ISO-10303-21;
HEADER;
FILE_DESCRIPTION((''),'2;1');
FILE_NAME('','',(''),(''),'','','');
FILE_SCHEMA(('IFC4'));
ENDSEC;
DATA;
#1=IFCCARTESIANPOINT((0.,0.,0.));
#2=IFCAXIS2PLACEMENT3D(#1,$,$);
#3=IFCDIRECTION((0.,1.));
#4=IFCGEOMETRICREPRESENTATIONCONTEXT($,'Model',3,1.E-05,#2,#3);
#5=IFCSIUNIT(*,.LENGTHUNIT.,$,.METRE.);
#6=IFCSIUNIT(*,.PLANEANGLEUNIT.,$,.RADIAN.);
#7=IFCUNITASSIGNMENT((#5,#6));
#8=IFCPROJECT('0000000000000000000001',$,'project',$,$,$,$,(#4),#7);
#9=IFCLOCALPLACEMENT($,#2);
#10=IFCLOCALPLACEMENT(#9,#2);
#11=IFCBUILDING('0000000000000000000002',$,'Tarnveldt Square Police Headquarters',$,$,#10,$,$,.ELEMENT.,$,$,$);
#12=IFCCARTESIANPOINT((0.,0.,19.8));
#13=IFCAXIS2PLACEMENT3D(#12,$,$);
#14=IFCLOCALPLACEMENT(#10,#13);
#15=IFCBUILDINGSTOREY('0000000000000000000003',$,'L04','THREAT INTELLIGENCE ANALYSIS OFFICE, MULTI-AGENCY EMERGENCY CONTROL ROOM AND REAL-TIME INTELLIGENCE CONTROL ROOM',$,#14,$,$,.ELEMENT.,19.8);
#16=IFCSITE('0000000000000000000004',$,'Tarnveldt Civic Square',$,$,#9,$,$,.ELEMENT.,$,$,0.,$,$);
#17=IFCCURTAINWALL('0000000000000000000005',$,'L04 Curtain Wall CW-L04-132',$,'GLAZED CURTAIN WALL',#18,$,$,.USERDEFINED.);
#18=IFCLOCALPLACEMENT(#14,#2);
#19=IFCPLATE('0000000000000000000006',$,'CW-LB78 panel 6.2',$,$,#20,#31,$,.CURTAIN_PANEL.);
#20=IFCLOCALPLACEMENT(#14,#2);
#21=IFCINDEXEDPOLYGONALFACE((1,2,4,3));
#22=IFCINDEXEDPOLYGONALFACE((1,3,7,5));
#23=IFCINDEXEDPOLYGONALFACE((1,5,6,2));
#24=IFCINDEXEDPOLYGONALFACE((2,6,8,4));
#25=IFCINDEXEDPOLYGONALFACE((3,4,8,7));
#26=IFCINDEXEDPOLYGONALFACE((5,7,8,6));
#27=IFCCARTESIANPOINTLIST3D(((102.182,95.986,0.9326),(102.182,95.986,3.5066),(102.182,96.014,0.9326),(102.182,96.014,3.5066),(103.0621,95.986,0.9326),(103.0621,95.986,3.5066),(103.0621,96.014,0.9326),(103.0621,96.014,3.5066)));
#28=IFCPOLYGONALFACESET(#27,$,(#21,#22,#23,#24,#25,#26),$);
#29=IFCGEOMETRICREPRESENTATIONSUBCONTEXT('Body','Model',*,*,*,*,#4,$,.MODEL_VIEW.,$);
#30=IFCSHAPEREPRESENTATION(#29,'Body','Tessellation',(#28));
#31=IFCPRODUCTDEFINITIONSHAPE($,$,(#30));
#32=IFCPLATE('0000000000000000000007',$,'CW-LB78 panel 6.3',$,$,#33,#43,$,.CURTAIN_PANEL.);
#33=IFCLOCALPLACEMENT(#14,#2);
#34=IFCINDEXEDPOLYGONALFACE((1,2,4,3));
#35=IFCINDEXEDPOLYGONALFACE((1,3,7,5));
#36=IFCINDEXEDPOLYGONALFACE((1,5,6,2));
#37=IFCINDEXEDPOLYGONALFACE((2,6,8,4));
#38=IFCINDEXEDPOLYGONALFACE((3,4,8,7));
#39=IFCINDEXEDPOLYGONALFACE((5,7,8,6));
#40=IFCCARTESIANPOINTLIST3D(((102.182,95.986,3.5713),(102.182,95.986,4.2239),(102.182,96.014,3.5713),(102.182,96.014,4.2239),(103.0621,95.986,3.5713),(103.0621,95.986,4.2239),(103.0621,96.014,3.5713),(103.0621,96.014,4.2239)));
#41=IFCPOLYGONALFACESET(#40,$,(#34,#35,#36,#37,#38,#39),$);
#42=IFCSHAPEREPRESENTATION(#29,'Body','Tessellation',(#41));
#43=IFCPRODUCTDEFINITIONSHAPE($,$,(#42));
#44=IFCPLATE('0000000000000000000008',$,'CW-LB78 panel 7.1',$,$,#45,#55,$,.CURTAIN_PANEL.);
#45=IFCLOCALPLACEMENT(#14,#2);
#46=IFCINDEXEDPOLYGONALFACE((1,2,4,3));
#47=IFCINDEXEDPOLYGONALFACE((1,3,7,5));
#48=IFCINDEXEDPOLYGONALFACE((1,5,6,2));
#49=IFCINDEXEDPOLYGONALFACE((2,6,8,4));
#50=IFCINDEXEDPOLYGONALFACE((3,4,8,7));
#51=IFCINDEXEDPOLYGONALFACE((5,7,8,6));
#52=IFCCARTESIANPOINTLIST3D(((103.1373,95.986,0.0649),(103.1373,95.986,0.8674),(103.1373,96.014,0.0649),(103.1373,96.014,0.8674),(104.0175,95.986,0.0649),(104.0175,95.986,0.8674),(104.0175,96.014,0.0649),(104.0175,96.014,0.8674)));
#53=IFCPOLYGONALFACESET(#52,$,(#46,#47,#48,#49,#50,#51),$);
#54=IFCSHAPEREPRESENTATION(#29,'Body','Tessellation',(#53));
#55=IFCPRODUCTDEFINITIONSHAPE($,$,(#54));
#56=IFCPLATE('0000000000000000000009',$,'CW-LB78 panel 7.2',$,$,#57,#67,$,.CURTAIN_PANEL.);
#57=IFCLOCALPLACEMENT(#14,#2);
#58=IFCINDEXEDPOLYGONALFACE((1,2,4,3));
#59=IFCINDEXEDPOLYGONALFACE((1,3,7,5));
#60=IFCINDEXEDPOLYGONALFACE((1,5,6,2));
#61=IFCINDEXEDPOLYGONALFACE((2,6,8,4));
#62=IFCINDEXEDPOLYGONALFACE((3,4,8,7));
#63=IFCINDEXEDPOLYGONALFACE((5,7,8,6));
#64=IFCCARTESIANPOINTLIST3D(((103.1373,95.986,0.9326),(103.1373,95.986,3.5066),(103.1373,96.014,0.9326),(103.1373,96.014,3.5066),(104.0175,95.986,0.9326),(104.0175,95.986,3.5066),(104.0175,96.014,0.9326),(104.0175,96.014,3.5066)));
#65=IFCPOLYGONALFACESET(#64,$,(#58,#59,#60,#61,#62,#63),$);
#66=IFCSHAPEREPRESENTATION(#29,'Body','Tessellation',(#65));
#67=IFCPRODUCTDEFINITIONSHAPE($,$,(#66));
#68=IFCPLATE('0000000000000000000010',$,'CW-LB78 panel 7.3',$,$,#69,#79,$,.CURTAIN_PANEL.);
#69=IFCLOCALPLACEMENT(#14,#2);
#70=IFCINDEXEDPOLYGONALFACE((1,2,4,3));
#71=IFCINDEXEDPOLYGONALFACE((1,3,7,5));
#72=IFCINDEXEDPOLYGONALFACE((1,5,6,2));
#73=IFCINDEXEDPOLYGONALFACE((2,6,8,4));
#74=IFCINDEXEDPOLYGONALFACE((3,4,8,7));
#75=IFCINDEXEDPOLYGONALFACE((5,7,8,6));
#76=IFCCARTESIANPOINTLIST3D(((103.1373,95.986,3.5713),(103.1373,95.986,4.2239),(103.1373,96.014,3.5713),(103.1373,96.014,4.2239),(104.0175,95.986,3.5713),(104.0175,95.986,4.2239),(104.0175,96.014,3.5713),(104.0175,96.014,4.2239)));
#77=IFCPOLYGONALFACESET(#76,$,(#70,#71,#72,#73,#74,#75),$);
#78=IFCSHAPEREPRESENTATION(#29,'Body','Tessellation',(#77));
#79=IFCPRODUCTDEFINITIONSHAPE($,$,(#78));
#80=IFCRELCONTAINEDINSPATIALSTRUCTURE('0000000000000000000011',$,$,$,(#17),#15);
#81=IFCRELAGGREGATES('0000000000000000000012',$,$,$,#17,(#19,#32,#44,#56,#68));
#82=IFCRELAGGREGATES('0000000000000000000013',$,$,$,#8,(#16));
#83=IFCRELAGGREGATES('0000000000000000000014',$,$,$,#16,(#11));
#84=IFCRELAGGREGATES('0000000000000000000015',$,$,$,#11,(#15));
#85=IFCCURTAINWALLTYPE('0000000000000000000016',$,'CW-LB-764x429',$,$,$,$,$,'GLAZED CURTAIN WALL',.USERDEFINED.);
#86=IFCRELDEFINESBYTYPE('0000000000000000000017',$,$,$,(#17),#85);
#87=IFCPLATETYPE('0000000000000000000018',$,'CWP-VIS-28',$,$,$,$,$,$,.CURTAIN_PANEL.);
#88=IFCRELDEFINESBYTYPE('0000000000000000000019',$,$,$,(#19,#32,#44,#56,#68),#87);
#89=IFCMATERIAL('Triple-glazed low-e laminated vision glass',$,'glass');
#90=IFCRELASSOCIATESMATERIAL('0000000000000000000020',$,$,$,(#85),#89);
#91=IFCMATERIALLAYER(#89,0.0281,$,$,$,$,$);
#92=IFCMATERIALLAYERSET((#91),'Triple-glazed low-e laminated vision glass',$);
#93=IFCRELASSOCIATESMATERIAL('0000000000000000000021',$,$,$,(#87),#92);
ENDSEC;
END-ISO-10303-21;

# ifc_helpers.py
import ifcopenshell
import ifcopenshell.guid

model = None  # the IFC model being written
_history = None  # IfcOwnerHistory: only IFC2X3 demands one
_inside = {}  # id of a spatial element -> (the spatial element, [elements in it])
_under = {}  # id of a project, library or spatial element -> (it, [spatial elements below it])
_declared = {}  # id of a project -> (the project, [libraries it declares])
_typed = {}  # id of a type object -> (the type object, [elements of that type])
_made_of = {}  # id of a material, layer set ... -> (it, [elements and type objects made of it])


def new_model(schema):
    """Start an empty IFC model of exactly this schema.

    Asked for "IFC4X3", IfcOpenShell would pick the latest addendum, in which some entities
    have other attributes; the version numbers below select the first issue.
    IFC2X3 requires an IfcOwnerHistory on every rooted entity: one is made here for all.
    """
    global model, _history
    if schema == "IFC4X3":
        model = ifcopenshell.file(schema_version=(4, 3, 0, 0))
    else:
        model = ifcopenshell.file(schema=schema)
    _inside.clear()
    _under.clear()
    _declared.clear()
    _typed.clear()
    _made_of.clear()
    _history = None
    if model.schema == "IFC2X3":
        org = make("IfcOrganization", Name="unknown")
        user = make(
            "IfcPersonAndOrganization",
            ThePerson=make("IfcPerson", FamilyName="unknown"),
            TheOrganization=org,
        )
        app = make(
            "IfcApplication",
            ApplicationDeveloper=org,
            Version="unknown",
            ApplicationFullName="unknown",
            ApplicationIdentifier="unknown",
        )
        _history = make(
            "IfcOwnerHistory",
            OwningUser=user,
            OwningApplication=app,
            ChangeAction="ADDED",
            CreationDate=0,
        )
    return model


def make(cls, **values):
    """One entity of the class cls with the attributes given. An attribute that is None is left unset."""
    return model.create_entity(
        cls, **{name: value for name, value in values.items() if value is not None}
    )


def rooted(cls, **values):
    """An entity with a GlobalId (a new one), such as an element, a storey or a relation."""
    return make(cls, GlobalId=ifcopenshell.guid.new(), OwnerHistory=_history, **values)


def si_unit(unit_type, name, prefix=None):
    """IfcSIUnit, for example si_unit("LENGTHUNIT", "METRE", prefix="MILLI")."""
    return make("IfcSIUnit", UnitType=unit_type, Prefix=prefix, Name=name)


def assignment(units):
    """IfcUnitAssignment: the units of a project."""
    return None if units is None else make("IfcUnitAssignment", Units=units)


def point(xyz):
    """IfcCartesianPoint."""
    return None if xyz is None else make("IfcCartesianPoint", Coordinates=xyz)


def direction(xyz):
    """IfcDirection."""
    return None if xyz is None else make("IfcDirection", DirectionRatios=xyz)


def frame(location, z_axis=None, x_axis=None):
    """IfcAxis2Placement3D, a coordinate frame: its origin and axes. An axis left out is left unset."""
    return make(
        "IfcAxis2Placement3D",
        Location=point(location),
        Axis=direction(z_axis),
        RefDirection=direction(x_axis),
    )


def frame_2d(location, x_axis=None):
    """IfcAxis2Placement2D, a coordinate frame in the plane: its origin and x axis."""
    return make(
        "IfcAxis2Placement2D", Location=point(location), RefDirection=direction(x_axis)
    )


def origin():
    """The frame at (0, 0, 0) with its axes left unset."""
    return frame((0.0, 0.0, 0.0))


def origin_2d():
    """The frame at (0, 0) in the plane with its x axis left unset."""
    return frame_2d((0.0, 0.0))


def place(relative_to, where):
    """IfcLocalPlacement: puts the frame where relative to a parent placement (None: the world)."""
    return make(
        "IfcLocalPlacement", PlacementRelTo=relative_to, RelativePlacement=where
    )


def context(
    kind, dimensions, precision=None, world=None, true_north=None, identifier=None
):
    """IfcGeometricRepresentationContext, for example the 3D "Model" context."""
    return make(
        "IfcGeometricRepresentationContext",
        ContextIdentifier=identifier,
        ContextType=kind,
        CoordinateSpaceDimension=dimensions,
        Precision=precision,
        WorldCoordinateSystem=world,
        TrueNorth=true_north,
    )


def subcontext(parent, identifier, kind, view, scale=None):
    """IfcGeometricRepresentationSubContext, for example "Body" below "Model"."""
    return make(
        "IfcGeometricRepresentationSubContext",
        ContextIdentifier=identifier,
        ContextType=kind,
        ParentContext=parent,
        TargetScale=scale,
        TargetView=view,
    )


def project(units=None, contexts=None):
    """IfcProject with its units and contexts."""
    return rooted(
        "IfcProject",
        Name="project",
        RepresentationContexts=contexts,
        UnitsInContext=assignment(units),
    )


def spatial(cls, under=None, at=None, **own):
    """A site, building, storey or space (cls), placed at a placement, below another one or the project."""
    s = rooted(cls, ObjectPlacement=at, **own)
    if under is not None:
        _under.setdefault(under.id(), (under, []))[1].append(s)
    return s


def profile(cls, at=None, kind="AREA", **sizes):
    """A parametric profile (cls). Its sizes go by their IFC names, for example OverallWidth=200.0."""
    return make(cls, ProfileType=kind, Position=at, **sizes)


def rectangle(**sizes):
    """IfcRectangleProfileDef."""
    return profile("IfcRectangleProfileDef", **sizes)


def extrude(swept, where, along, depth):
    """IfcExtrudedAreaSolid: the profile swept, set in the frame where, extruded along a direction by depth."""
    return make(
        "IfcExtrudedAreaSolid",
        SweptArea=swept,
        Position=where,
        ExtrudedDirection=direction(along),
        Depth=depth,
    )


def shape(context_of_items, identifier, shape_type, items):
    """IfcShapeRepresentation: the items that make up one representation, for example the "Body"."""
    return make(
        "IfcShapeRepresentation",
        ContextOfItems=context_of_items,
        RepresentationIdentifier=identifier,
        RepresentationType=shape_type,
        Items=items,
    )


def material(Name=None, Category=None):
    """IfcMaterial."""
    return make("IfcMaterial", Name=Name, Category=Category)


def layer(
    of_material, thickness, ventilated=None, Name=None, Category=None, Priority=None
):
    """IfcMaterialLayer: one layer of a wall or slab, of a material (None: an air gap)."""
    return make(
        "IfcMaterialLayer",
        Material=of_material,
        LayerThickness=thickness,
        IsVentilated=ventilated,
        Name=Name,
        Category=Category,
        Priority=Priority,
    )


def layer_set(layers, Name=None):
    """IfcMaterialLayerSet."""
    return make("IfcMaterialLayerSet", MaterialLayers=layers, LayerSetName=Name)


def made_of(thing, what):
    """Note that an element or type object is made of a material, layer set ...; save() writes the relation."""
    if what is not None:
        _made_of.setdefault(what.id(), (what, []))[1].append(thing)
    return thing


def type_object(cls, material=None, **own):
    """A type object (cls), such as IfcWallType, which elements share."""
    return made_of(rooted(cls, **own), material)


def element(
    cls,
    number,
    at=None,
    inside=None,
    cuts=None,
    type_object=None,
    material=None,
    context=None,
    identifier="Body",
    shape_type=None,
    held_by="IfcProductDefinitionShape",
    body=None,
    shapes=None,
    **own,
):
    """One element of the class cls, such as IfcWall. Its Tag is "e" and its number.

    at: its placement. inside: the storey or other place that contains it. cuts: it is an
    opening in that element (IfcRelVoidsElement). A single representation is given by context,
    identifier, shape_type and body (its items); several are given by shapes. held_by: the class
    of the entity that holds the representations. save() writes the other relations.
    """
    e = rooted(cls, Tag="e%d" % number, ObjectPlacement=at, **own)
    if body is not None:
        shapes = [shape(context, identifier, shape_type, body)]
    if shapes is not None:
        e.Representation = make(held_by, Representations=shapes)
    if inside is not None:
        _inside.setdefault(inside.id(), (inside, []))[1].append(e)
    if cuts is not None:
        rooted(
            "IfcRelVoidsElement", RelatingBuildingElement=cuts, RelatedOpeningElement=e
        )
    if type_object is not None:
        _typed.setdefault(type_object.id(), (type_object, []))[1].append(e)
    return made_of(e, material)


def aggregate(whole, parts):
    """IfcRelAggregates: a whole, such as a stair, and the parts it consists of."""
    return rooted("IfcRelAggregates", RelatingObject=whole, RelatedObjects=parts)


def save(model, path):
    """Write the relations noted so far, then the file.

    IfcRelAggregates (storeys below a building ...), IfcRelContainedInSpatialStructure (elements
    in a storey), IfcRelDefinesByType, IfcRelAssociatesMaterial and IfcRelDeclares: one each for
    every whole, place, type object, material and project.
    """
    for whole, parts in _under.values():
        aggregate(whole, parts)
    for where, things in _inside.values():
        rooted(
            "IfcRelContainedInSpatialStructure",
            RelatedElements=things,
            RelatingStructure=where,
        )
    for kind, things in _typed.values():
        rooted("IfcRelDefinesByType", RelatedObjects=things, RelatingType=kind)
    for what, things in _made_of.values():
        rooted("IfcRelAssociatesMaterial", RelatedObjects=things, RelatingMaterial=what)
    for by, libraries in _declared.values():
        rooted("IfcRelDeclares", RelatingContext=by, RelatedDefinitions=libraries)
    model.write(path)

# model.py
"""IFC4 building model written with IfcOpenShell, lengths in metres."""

from ifc_helpers import new_model, si_unit, direction, frame, origin, origin_2d, place, context, subcontext, project, spatial, rectangle, extrude, material, layer, layer_set, type_object, element, aggregate, save


model = new_model("IFC4")

# Units and contexts
model_context = context("Model", 3, precision=1e-05, world=origin(), true_north=direction((0.0, 1.0)))
body_context = subcontext(model_context, "Body", "Model", "MODEL_VIEW")
ifc_project = project(units=[si_unit("LENGTHUNIT", "METRE"), si_unit("PLANEANGLEUNIT", "RADIAN")], contexts=[model_context])

# Site, building, storey
site_placement = place(None, origin())
site = spatial("IfcSite", under=ifc_project, at=site_placement, Name="Tarnveldt Civic Square", CompositionType="ELEMENT", RefElevation=0.0)
building_placement = place(site_placement, origin())
building = spatial("IfcBuilding", under=site, at=building_placement, Name="Tarnveldt Square Police Headquarters", CompositionType="ELEMENT")
storey_placement = place(building_placement, frame((0.0, 0.0, 19.8)))
storey = spatial("IfcBuildingStorey", under=building, at=storey_placement, Name="L04", Description="THREAT INTELLIGENCE ANALYSIS OFFICE, MULTI-AGENCY EMERGENCY CONTROL ROOM AND REAL-TIME INTELLIGENCE CONTROL ROOM", CompositionType="ELEMENT", Elevation=19.8)

# Curtain wall, plates
ifc_material_1 = material(Name="Triple-glazed low-e laminated vision glass", Category="glass")
curtain_wall_type = type_object("IfcCurtainWallType", Name="CW-LB-764x429", ElementType="GLAZED CURTAIN WALL", PredefinedType="USERDEFINED", material=ifc_material_1)
curtain_wall_placement = place(storey_placement, origin())
curtain_wall = element("IfcCurtainWall", 1, at=curtain_wall_placement, inside=storey, type_object=curtain_wall_type, Name="L04 Curtain Wall CW-L04-132", ObjectType="GLAZED CURTAIN WALL", PredefinedType="USERDEFINED")
ifc_layer = layer(ifc_material_1, 0.0281)
ifc_layer_set = layer_set([ifc_layer], Name="Triple-glazed low-e laminated vision glass")
plate_type = type_object("IfcPlateType", Name="CWP-VIS-28", PredefinedType="CURTAIN_PANEL", material=ifc_layer_set)
plate_1_placement = place(storey_placement, frame((102.6221, 96.0, 0.9326), z_axis=(0.0, 0.0, 1.0), x_axis=(1.0, 0.0, 0.0)))
plate_1 = element("IfcPlate", 2, at=plate_1_placement, type_object=plate_type, Name="CW-LB78 panel 6.2", PredefinedType="CURTAIN_PANEL", context=body_context, shape_type="SweptSolid", body=[
    extrude(rectangle(XDim=0.8801, YDim=0.0281, at=origin_2d()), origin(), (0.0, 0.0, 1.0), 2.574),
])
plate_2_placement = place(storey_placement, frame((102.6221, 96.0, 3.5713), z_axis=(0.0, 0.0, 1.0), x_axis=(1.0, 0.0, 0.0)))
plate_2 = element("IfcPlate", 3, at=plate_2_placement, type_object=plate_type, Name="CW-LB78 panel 6.3", PredefinedType="CURTAIN_PANEL", context=body_context, shape_type="SweptSolid", body=[
    extrude(rectangle(XDim=0.8801, YDim=0.0281, at=origin_2d()), origin(), (0.0, 0.0, 1.0), 0.6526),
])
plate_3_placement = place(storey_placement, frame((103.5774, 96.0, 0.0649), z_axis=(0.0, 0.0, 1.0), x_axis=(1.0, 0.0, 0.0)))
plate_3 = element("IfcPlate", 4, at=plate_3_placement, type_object=plate_type, Name="CW-LB78 panel 7.1", PredefinedType="CURTAIN_PANEL", context=body_context, shape_type="SweptSolid", body=[
    extrude(rectangle(XDim=0.8801, YDim=0.0281, at=origin_2d()), origin(), (0.0, 0.0, 1.0), 0.8025),
])
plate_4_placement = place(storey_placement, frame((103.5774, 96.0, 0.9326), z_axis=(0.0, 0.0, 1.0), x_axis=(1.0, 0.0, 0.0)))
plate_4 = element("IfcPlate", 5, at=plate_4_placement, type_object=plate_type, Name="CW-LB78 panel 7.2", PredefinedType="CURTAIN_PANEL", context=body_context, shape_type="SweptSolid", body=[
    extrude(rectangle(XDim=0.8801, YDim=0.0281, at=origin_2d()), origin(), (0.0, 0.0, 1.0), 2.574),
])
plate_5_placement = place(storey_placement, frame((103.5774, 96.0, 3.5713), z_axis=(0.0, 0.0, 1.0), x_axis=(1.0, 0.0, 0.0)))
plate_5 = element("IfcPlate", 6, at=plate_5_placement, type_object=plate_type, Name="CW-LB78 panel 7.3", PredefinedType="CURTAIN_PANEL", context=body_context, shape_type="SweptSolid", body=[
    extrude(rectangle(XDim=0.8801, YDim=0.0281, at=origin_2d()), origin(), (0.0, 0.0, 1.0), 0.6526),
])
aggregate(curtain_wall, [plate_1, plate_2, plate_3, plate_4, plate_5])

save(model, "model.ifc")
